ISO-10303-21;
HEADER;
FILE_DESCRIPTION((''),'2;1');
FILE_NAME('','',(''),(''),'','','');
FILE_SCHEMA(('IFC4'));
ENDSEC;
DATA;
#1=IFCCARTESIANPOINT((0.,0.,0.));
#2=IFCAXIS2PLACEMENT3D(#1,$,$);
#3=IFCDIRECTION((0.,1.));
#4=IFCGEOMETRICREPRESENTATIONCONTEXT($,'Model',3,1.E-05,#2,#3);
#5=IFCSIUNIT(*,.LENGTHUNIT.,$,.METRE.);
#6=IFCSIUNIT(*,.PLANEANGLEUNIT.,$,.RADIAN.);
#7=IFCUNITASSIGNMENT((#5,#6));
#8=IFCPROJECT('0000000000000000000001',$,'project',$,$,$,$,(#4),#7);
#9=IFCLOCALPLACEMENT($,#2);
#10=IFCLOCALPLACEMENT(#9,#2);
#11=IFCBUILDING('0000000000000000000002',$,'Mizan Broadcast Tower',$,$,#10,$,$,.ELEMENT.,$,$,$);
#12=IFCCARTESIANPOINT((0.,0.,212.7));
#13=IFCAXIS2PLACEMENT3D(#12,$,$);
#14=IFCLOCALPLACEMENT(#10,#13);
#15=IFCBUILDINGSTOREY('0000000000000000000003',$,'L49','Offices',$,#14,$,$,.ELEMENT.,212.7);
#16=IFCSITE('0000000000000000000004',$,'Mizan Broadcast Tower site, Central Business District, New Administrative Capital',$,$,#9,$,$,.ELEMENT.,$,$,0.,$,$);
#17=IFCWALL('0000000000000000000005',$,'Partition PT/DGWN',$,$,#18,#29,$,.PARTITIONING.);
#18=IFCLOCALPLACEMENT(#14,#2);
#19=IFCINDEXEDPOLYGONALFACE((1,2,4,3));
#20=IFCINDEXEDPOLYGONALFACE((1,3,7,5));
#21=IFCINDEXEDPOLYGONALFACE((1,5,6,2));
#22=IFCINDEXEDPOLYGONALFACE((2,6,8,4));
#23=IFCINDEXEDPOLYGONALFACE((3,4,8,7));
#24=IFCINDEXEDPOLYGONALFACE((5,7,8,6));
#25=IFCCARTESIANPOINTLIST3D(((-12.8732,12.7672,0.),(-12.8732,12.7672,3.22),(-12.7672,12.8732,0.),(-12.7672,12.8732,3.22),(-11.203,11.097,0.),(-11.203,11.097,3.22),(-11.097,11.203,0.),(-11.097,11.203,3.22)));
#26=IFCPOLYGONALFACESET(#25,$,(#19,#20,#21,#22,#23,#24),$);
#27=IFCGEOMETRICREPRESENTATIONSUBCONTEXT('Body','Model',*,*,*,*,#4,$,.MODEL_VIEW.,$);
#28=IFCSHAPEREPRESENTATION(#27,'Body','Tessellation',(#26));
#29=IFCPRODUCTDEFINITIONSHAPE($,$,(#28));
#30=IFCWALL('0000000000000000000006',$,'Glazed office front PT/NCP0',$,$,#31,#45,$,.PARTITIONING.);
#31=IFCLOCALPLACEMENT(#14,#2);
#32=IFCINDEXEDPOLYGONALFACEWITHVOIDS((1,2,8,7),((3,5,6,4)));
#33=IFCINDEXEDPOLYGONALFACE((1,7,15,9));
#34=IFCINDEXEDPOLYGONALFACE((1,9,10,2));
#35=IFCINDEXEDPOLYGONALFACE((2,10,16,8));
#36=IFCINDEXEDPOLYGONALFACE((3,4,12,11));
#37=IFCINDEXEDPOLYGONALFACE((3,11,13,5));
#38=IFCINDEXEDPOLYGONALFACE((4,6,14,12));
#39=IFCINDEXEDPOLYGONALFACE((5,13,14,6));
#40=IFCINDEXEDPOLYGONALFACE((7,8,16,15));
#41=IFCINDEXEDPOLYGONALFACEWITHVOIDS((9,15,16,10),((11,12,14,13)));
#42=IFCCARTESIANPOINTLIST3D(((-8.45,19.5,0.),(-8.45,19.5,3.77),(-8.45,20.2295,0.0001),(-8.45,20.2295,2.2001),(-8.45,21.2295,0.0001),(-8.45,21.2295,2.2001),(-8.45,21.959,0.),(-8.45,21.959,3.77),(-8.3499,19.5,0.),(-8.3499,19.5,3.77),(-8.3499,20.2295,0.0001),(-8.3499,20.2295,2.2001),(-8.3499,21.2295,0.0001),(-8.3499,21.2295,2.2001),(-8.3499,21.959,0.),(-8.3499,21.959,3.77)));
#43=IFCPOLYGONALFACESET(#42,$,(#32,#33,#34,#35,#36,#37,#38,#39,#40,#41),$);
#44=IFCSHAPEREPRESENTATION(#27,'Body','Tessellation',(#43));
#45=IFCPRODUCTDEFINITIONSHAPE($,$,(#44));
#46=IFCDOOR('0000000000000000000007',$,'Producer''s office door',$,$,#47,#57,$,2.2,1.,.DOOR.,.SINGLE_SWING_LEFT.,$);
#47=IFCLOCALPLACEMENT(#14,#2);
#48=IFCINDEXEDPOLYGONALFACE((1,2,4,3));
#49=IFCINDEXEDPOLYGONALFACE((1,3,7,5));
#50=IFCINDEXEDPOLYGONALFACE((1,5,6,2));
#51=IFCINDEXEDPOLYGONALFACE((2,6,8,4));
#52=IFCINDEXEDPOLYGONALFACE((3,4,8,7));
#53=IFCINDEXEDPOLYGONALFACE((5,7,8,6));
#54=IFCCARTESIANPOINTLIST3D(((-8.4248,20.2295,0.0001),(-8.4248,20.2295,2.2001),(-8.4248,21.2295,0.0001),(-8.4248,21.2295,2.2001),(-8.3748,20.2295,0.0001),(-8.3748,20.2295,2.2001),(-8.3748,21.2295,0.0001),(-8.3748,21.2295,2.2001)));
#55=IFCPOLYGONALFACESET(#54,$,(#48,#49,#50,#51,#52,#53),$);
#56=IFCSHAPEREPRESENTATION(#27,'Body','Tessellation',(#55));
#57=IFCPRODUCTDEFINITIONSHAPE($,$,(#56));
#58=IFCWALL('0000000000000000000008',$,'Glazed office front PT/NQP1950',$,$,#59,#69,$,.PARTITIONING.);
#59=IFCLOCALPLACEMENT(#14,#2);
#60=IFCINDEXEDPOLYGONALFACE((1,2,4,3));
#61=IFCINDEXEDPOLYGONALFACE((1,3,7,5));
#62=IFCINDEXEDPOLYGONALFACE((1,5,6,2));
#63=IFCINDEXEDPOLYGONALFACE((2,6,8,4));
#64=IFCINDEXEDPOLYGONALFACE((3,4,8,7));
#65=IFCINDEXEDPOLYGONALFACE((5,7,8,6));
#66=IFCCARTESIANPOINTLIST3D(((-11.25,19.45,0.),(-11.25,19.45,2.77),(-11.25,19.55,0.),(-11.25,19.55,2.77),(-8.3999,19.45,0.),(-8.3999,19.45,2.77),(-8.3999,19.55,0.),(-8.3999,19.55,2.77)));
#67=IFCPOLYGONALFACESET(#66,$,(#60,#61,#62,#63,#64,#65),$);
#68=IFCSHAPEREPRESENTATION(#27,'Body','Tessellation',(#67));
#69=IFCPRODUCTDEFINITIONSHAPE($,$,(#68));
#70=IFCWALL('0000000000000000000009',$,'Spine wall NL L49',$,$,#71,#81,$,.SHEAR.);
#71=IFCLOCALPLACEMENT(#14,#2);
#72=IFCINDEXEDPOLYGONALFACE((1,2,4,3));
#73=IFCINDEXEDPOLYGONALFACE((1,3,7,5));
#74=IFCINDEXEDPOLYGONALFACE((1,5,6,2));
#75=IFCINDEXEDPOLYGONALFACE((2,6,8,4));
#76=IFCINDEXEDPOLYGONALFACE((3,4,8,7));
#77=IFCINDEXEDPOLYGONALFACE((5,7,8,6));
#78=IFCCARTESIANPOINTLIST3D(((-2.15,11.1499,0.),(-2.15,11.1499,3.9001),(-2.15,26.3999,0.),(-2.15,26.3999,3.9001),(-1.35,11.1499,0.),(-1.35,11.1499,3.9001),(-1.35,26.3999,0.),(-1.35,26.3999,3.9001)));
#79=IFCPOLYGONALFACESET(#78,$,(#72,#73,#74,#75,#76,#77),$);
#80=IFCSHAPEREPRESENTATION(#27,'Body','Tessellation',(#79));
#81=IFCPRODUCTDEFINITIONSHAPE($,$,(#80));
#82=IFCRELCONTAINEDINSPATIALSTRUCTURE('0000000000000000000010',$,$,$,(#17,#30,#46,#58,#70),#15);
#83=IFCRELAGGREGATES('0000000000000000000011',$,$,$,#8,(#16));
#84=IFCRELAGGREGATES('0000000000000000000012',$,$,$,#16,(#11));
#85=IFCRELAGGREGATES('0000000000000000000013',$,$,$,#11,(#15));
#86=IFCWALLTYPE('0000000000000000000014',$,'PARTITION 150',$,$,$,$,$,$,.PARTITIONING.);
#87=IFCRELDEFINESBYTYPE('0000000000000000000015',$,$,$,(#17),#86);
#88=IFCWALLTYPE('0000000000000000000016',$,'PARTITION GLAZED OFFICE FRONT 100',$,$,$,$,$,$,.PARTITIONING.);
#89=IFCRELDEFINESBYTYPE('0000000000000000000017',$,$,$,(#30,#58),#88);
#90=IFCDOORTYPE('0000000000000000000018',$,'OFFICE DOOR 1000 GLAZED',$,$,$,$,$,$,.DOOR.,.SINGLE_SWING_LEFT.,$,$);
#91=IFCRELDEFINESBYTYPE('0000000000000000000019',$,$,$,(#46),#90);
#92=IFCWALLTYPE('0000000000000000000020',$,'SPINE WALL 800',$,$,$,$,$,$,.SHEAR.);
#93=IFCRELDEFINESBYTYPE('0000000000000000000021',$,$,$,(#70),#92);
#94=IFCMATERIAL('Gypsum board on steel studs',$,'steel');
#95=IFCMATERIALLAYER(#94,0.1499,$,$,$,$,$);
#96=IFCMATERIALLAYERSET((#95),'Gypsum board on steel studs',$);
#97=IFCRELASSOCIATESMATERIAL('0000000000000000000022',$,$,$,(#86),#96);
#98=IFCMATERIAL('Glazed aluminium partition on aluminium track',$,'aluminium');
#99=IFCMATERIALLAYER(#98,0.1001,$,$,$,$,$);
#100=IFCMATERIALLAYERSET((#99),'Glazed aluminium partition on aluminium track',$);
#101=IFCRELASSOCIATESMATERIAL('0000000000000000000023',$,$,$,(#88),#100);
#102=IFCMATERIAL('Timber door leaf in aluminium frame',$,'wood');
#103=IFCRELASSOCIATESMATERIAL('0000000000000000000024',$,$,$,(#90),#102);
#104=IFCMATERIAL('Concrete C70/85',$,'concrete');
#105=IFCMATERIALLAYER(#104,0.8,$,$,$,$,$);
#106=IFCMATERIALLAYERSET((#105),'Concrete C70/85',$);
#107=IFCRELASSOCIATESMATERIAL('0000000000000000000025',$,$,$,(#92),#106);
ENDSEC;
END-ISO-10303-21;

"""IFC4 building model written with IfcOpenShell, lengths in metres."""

from ifc_helpers import new_model, si_unit, direction, frame, frame_2d, origin, place, context, subcontext, project, spatial, rectangle, extrude, material, layer, layer_set, type_object, element, fill, save


model = new_model("IFC4")

# Units and contexts
model_context = context("Model", 3, precision=1e-05, world=origin(), true_north=direction((0.0, 1.0)))
body_context = subcontext(model_context, "Body", "Model", "MODEL_VIEW")
ifc_project = project(units=[si_unit("LENGTHUNIT", "METRE"), si_unit("PLANEANGLEUNIT", "RADIAN")], contexts=[model_context])

# Site, building, storey
site_placement = place(None, origin())
site = spatial("IfcSite", under=ifc_project, at=site_placement, Name="Mizan Broadcast Tower site, Central Business District, New Administrative Capital", CompositionType="ELEMENT", RefElevation=0.0)
building_placement = place(site_placement, origin())
building = spatial("IfcBuilding", under=site, at=building_placement, Name="Mizan Broadcast Tower", CompositionType="ELEMENT")
storey_placement = place(building_placement, frame((0.0, 0.0, 212.7)))
storey = spatial("IfcBuildingStorey", under=building, at=storey_placement, Name="L49", Description="Offices", CompositionType="ELEMENT", Elevation=212.7)

# Wall
ifc_material_1 = material(Name="Gypsum board on steel studs", Category="steel")
ifc_layer_1 = layer(ifc_material_1, 0.1499)
ifc_layer_set_1 = layer_set([ifc_layer_1], Name="Gypsum board on steel studs")
wall_type_1 = type_object("IfcWallType", Name="PARTITION 150", PredefinedType="PARTITIONING", material=ifc_layer_set_1)
wall_1_placement = place(storey_placement, frame((-11.1499, 11.1499, 0.0), z_axis=(0.0, 0.0, 1.0), x_axis=(-0.707107, 0.707107, 0.0)))
element("IfcWall", 1, at=wall_1_placement, inside=storey, type_object=wall_type_1, Name="Partition PT/DGWN", PredefinedType="PARTITIONING", context=body_context, shape_type="SweptSolid", body=[
    extrude(rectangle(XDim=2.3621, YDim=0.1499, at=frame_2d((1.1812, 0.0))), origin(), (0.0, 0.0, 1.0), 3.22),
])

# Wall, opening, door
ifc_material_2 = material(Name="Glazed aluminium partition on aluminium track", Category="aluminium")
ifc_layer_2 = layer(ifc_material_2, 0.1001)
ifc_layer_set_2 = layer_set([ifc_layer_2], Name="Glazed aluminium partition on aluminium track")
wall_type_2 = type_object("IfcWallType", Name="PARTITION GLAZED OFFICE FRONT 100", PredefinedType="PARTITIONING", material=ifc_layer_set_2)
wall_2_placement = place(storey_placement, frame((-8.3999, 19.5, 0.0), z_axis=(0.0, 0.0, 1.0), x_axis=(0.0, 1.0, 0.0)))
wall_2 = element("IfcWall", 2, at=wall_2_placement, inside=storey, type_object=wall_type_2, Name="Glazed office front PT/NCP0", PredefinedType="PARTITIONING", context=body_context, shape_type="SweptSolid", body=[
    extrude(rectangle(XDim=2.459, YDim=0.1001, at=frame_2d((1.2295, 0.0))), origin(), (0.0, 0.0, 1.0), 3.77),
])
opening_1_placement = place(wall_2_placement, frame((0.7295, 0.0, 0.0)))
opening_1 = element("IfcOpeningElement", 3, at=opening_1_placement, cuts=wall_2, PredefinedType="OPENING", context=body_context, shape_type="SweptSolid", body=[
    extrude(rectangle(XDim=1.0, YDim=2.2, at=frame_2d((0.5, 1.1001))), frame((0.0, 0.0601, 0.0), z_axis=(0.0, -1.0, 0.0), x_axis=(1.0, 0.0, 0.0)), (0.0, 0.0, 1.0), 0.1201),
])
ifc_material_3 = material(Name="Timber door leaf in aluminium frame", Category="wood")
door_type_1 = type_object("IfcDoorType", Name="OFFICE DOOR 1000 GLAZED", OperationType="SINGLE_SWING_LEFT", PredefinedType="DOOR", material=ifc_material_3)
door_1_placement = place(opening_1_placement, origin())
door_1 = element("IfcDoor", 4, at=door_1_placement, inside=storey, type_object=door_type_1, Name="Producer's office door", OperationType="SINGLE_SWING_LEFT", OverallHeight=2.2, OverallWidth=1.0, PredefinedType="DOOR", context=body_context, shape_type="SweptSolid", body=[
    extrude(rectangle(XDim=1.0, YDim=2.2, at=frame_2d((0.5, 1.1001))), frame((0.0, 0.0249, 0.0), z_axis=(0.0, -1.0, 0.0), x_axis=(1.0, 0.0, 0.0)), (0.0, 0.0, 1.0), 0.05),
])
fill(opening_1, door_1)

# Walls
wall_3_placement = place(storey_placement, frame((-8.3999, 19.5, 0.0), z_axis=(0.0, 0.0, 1.0), x_axis=(-1.0, 0.0, 0.0)))
element("IfcWall", 5, at=wall_3_placement, inside=storey, type_object=wall_type_2, Name="Glazed office front PT/NQP1950", PredefinedType="PARTITIONING", context=body_context, shape_type="SweptSolid", body=[
    extrude(rectangle(XDim=2.8501, YDim=0.1001, at=frame_2d((1.425, 0.0))), origin(), (0.0, 0.0, 1.0), 2.77),
])
ifc_material_4 = material(Name="Concrete C70/85", Category="concrete")
ifc_layer_3 = layer(ifc_material_4, 0.8)
ifc_layer_set_3 = layer_set([ifc_layer_3], Name="Concrete C70/85")
wall_type_3 = type_object("IfcWallType", Name="SPINE WALL 800", PredefinedType="SHEAR", material=ifc_layer_set_3)
wall_4_placement = place(storey_placement, frame((-1.75, 11.1499, 0.0), z_axis=(0.0, 0.0, 1.0), x_axis=(0.0, 1.0, 0.0)))
element("IfcWall", 6, at=wall_4_placement, inside=storey, type_object=wall_type_3, Name="Spine wall NL L49", PredefinedType="SHEAR", context=body_context, shape_type="SweptSolid", body=[
    extrude(rectangle(XDim=15.25, YDim=0.8, at=frame_2d((7.625, 0.0))), origin(), (0.0, 0.0, 1.0), 3.9001),
])

save(model, "model.ifc")
